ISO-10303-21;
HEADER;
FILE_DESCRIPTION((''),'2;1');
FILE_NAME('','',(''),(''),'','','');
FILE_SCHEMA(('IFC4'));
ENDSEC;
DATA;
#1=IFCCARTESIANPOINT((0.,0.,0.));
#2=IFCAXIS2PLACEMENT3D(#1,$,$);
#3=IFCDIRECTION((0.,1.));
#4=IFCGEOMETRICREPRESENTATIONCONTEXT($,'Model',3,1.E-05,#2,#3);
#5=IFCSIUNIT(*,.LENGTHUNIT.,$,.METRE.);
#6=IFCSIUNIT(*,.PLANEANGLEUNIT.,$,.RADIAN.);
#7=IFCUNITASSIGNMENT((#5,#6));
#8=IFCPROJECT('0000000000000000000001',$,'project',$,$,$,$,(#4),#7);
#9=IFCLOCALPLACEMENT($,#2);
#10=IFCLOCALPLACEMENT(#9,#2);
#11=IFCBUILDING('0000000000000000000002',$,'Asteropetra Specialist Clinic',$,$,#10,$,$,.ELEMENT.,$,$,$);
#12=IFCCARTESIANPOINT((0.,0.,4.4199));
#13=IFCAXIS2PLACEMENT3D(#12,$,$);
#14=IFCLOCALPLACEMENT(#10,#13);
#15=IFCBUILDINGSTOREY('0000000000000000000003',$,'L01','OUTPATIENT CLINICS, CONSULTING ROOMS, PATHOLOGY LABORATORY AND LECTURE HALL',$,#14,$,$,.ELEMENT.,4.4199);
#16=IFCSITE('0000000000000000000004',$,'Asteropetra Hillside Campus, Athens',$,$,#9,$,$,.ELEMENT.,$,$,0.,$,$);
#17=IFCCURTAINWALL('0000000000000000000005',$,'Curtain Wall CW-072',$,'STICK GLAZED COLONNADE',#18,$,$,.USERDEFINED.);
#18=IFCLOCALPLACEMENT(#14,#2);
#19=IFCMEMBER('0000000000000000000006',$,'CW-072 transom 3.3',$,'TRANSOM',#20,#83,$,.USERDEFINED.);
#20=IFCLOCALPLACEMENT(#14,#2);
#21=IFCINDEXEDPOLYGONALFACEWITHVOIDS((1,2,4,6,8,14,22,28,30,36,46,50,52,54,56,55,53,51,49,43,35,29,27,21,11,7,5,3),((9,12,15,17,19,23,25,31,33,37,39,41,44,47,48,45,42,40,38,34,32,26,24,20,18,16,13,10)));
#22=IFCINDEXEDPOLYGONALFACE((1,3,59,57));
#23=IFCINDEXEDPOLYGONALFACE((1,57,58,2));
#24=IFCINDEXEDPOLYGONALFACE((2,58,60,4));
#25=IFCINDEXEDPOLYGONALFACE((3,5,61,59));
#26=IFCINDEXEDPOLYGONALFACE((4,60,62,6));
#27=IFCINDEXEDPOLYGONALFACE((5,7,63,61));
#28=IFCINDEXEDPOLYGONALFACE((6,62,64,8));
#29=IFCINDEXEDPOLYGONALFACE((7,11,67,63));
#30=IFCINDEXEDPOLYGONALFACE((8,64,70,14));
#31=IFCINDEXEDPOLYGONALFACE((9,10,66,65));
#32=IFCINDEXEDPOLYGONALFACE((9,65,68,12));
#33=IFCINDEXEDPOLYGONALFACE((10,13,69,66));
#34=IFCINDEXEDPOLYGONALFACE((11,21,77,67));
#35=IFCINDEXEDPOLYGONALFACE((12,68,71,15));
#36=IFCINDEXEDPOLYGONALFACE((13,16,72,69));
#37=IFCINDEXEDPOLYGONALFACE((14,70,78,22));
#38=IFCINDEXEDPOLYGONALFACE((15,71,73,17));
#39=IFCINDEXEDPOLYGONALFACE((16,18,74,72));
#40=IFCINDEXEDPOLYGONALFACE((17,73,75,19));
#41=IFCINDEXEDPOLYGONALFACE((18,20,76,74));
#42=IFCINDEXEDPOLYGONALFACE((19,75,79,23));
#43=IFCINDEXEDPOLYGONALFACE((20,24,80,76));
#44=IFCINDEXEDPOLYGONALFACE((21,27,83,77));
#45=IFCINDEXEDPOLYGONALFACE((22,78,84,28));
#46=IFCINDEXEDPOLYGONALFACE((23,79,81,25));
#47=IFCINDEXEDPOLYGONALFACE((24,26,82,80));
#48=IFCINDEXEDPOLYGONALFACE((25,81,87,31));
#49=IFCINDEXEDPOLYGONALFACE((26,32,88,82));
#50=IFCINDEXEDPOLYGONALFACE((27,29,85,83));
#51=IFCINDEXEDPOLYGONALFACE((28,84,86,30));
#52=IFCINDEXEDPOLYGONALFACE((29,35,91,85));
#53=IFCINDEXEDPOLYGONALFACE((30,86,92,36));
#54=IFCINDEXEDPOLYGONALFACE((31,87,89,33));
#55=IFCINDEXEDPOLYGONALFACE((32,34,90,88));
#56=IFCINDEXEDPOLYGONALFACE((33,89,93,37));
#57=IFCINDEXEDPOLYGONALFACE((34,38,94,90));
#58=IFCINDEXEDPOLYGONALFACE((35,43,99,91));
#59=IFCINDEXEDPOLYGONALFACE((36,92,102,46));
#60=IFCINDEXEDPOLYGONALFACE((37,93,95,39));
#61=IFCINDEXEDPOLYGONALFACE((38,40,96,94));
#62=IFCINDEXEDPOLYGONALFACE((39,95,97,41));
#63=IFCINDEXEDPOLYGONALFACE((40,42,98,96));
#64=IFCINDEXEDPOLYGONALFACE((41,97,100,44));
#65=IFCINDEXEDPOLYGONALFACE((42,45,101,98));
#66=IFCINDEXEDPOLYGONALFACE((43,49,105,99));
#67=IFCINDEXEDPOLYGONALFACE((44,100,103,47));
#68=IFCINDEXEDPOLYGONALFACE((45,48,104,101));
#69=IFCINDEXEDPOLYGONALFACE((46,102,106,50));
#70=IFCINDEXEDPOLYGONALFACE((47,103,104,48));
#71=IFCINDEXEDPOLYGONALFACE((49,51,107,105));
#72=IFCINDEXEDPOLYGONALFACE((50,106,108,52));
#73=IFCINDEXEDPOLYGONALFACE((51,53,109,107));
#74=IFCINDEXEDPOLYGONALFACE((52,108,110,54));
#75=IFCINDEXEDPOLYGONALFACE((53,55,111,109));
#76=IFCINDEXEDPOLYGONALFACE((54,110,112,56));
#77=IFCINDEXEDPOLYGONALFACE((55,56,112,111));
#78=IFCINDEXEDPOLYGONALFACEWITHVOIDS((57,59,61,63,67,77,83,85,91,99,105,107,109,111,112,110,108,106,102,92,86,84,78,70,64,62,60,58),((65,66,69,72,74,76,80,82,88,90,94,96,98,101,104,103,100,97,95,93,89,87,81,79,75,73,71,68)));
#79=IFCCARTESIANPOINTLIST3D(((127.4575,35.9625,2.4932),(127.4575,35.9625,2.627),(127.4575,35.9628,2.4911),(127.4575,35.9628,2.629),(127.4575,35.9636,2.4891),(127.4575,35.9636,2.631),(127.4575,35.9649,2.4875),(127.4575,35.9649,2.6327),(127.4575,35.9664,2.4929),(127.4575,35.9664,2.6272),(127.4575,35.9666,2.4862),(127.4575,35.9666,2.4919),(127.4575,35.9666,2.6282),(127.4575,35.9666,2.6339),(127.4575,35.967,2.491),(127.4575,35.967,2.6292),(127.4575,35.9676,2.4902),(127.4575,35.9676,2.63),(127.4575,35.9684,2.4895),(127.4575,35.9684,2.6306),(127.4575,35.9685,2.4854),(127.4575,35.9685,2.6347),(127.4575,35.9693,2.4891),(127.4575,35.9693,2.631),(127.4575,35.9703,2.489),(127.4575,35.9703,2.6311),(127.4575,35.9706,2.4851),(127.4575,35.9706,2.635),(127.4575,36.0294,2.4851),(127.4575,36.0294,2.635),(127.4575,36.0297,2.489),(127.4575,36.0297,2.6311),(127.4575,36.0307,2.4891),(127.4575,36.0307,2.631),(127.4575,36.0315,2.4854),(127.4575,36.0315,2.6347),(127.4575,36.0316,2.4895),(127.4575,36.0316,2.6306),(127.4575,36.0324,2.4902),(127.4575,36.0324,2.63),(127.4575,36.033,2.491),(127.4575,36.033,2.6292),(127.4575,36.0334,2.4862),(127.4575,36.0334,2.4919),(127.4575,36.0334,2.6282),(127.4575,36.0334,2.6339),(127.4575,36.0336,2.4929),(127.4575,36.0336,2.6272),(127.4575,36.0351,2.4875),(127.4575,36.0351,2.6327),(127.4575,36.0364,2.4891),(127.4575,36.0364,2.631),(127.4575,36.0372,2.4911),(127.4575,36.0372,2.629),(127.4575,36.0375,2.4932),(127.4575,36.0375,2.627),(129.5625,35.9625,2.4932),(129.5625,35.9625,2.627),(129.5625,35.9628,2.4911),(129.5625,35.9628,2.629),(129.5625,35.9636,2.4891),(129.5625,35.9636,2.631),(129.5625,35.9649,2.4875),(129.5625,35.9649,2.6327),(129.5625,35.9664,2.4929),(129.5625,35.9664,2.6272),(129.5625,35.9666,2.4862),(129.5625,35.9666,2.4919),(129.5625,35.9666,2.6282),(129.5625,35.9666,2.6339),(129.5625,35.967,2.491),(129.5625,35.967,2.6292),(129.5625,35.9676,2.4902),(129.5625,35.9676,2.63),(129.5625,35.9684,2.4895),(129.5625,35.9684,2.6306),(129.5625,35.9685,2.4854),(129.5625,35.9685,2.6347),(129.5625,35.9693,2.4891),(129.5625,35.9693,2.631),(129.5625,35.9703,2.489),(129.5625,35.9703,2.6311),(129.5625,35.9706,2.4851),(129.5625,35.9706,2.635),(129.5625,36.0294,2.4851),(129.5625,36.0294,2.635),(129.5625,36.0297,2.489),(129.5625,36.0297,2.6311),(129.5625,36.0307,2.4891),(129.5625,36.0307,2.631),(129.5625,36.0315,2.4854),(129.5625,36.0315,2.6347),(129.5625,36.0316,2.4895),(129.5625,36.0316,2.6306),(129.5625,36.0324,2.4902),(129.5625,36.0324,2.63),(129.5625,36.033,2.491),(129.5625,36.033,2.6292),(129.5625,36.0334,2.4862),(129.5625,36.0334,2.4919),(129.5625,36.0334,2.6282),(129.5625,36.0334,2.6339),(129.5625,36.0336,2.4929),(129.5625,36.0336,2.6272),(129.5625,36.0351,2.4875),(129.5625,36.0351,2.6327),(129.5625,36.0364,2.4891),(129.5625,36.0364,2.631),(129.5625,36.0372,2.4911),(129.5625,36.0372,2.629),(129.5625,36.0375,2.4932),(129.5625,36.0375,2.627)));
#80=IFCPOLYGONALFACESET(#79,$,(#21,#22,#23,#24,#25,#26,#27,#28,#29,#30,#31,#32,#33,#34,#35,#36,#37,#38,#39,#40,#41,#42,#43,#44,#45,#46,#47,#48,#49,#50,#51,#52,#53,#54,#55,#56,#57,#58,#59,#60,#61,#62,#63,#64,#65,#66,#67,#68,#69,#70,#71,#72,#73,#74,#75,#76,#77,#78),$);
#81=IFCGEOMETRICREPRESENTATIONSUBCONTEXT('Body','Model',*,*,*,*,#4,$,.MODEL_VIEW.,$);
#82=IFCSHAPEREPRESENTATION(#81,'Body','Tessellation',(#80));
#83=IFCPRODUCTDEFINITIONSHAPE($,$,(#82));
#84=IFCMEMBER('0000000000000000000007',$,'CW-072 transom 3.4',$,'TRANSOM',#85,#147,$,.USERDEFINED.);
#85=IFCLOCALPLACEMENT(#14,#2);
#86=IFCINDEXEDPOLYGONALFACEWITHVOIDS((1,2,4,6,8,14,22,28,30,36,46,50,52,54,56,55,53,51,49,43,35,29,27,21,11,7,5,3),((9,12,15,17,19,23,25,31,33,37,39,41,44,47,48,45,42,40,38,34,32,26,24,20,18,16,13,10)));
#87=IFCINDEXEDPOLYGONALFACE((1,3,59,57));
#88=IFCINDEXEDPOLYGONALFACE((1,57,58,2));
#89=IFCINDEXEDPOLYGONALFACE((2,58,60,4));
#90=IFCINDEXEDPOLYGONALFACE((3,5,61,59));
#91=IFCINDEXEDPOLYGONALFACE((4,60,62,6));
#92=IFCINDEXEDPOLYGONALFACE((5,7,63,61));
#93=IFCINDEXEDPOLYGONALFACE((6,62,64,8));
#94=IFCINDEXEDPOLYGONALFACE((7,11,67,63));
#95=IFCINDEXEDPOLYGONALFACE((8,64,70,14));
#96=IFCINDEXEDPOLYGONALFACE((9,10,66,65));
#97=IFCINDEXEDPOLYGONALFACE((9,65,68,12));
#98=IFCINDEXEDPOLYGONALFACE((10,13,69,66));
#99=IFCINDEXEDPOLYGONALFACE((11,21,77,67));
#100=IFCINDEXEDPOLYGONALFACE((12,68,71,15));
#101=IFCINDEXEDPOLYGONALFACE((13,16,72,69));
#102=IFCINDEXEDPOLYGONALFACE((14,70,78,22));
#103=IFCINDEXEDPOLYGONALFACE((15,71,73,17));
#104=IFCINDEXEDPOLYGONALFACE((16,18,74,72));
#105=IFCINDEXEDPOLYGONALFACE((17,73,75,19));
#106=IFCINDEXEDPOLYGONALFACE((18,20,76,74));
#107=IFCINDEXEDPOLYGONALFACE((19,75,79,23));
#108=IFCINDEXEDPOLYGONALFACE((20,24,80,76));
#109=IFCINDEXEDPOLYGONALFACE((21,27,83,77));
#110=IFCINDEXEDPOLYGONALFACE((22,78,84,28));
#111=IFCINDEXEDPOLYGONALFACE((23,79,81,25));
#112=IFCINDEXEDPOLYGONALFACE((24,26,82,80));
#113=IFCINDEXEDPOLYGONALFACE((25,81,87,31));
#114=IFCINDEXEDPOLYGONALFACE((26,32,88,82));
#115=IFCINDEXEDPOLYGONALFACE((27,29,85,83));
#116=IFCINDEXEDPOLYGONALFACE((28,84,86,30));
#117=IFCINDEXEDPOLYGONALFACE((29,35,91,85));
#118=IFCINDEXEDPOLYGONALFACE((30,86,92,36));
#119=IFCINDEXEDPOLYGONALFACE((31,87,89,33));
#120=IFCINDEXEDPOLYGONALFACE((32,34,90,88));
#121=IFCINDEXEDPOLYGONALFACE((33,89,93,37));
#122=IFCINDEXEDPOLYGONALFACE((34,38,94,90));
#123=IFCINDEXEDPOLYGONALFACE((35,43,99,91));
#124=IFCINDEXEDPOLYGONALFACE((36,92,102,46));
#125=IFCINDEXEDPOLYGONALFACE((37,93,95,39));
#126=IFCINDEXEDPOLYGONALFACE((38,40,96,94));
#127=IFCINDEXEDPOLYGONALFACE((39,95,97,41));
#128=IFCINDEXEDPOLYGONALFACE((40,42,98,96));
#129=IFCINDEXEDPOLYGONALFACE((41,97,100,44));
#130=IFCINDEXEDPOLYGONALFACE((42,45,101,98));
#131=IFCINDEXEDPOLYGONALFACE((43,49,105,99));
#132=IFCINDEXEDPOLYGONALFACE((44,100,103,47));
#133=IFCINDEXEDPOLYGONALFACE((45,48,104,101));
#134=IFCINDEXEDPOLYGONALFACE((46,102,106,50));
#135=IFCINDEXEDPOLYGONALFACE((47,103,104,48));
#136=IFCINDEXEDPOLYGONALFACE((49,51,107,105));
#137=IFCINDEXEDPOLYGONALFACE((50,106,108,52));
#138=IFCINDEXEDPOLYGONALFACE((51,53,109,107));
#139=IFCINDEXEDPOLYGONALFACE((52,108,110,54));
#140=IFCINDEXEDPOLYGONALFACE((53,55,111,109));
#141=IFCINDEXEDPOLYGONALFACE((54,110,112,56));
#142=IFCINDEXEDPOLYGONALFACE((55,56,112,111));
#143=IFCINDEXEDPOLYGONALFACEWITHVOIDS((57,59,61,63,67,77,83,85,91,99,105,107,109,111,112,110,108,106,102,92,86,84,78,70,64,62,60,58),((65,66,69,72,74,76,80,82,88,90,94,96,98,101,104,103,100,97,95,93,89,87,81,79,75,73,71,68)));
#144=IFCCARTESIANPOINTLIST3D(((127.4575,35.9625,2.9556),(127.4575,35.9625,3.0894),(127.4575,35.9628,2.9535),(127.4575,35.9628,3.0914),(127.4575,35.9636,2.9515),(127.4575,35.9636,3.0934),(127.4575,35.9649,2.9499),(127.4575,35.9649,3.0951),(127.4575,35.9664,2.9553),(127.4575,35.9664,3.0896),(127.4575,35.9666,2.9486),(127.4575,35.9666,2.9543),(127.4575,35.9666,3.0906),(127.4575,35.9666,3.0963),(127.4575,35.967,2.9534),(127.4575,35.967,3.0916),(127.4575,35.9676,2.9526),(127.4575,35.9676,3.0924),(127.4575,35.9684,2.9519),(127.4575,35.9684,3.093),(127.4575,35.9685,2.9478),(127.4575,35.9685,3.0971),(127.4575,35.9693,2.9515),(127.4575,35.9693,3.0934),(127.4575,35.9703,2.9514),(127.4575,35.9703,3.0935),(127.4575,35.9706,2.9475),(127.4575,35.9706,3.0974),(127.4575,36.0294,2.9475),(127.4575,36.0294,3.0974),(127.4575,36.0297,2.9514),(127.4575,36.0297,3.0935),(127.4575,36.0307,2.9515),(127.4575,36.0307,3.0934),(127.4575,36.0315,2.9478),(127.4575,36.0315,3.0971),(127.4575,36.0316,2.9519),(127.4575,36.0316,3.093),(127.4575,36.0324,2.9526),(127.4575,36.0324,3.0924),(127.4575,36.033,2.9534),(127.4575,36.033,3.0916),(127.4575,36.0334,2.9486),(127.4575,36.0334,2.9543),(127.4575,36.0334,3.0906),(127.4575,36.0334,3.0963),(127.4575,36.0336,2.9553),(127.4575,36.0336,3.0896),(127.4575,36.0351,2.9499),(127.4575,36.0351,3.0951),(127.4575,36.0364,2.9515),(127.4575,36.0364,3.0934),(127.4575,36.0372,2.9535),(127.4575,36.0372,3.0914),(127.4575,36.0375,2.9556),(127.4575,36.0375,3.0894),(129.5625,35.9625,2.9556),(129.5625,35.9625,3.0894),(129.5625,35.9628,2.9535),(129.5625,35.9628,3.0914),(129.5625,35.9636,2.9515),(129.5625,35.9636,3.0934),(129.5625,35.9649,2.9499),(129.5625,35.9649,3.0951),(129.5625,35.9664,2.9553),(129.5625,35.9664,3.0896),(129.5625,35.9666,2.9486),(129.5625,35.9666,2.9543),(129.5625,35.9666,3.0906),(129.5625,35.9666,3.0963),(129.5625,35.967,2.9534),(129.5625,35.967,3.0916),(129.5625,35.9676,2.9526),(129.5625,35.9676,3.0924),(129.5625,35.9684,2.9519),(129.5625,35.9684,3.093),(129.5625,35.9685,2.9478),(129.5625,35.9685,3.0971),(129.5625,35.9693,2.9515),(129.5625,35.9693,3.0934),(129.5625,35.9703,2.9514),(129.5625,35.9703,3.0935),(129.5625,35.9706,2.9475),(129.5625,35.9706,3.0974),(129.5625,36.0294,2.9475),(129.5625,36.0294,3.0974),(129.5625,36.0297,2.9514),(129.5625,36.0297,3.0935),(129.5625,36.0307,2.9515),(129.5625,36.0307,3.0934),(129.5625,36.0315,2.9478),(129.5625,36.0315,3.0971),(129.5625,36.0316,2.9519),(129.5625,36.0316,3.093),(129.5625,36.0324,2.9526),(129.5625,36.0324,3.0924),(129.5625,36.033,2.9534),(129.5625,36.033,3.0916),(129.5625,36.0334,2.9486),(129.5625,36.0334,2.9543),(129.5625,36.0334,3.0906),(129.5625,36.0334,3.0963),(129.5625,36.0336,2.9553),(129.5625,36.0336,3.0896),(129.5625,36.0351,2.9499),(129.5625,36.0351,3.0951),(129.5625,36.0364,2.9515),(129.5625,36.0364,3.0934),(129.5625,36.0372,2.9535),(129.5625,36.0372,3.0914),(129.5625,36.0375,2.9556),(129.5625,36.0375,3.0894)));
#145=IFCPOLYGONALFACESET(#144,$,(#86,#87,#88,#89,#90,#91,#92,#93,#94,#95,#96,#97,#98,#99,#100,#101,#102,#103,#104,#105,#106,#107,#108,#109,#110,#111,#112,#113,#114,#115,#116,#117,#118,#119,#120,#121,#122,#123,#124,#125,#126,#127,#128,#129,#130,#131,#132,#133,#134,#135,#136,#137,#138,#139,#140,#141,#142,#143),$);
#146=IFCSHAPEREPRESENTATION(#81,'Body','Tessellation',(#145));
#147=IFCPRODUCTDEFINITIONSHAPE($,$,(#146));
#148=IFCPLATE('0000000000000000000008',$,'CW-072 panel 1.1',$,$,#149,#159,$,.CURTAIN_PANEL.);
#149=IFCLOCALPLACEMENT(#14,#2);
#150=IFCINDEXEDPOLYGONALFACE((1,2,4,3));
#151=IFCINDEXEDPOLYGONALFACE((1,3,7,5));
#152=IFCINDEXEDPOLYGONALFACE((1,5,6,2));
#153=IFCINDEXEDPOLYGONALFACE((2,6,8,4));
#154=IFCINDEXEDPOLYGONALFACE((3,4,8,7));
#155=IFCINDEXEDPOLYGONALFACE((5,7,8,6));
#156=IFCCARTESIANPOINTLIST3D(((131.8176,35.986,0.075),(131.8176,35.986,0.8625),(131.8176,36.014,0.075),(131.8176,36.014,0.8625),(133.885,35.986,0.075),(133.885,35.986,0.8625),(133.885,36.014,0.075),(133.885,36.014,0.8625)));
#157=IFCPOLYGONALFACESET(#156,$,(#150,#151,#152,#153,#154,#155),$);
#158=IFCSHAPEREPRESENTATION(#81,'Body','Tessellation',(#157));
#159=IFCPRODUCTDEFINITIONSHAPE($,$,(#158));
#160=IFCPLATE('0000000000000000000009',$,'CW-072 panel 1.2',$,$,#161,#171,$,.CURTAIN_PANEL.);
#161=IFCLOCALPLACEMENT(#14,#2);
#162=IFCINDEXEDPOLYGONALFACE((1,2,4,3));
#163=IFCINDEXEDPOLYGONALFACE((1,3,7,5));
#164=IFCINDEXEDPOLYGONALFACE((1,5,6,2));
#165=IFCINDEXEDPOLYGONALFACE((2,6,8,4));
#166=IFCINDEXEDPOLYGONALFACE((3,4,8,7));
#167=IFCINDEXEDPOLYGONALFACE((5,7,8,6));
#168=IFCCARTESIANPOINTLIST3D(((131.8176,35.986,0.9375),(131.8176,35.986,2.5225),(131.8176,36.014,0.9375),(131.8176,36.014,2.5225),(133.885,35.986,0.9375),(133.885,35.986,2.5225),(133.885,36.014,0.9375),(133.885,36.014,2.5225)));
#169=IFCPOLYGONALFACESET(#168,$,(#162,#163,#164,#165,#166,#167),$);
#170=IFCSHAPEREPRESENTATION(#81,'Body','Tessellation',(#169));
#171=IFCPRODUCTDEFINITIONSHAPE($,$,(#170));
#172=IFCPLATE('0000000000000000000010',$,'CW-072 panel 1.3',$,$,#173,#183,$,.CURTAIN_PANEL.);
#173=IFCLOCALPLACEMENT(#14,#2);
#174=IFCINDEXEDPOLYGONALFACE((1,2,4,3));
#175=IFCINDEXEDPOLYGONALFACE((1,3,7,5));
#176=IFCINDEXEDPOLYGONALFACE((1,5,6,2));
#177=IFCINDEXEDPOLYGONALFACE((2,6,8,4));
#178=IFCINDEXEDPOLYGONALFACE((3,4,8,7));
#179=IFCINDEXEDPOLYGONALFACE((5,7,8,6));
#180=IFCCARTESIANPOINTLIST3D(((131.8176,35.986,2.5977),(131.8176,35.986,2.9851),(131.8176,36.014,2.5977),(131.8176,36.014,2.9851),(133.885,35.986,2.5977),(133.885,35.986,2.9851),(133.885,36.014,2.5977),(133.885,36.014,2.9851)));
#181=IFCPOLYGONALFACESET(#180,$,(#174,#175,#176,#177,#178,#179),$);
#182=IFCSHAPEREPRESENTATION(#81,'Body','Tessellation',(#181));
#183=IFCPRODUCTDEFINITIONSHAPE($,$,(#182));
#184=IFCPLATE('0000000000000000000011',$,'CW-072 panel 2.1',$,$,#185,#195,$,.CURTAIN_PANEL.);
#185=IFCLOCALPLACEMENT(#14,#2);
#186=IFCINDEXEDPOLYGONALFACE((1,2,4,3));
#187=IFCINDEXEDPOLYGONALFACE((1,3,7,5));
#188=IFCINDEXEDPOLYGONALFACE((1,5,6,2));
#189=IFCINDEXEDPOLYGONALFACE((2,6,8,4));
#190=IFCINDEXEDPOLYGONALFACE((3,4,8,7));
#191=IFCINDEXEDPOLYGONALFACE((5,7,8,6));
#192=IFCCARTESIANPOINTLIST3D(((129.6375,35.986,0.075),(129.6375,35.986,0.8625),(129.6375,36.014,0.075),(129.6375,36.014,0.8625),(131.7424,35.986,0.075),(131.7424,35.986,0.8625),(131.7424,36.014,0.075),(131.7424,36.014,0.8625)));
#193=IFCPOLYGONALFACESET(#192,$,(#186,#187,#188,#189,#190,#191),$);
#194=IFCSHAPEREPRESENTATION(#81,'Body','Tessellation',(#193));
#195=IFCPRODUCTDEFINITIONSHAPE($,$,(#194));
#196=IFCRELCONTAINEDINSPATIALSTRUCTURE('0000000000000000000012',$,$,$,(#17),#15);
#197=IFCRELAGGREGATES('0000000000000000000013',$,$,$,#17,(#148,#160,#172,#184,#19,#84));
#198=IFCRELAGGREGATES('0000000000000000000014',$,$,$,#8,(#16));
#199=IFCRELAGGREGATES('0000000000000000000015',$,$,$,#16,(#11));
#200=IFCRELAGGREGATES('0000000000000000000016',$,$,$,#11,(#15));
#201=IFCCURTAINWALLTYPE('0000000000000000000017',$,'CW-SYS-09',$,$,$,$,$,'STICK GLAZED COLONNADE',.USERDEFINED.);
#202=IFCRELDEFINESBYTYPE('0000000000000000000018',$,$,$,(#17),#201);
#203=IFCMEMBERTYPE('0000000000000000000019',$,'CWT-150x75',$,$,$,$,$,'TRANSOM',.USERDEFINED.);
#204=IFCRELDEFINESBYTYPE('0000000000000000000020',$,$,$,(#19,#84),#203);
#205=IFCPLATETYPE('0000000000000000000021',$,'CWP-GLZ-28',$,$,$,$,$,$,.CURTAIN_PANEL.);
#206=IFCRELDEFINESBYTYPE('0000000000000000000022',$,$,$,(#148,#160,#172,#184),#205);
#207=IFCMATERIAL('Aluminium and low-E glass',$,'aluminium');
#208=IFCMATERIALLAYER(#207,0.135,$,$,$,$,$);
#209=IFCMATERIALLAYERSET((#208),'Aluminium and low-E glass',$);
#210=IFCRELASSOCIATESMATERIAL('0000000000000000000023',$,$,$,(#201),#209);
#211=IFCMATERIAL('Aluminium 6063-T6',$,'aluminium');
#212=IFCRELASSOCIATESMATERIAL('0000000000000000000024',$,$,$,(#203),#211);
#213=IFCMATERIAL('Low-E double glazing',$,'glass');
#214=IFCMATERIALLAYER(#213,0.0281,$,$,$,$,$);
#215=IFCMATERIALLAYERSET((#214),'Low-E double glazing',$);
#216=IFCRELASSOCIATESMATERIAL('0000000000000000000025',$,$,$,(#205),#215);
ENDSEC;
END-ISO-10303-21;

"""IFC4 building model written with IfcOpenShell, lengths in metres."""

from ifc_helpers import new_model, si_unit, direction, frame, origin, origin_2d, place, context, subcontext, project, spatial, rectangle, hollow_rectangle, extrude, material, layer, layer_set, material_profile, profile_set, type_object, element, aggregate, save


model = new_model("IFC4")

# Units and contexts
model_context = context("Model", 3, precision=1e-05, world=origin(), true_north=direction((0.0, 1.0)))
body_context = subcontext(model_context, "Body", "Model", "MODEL_VIEW")
ifc_project = project(units=[si_unit("LENGTHUNIT", "METRE"), si_unit("PLANEANGLEUNIT", "RADIAN")], contexts=[model_context])

# Site, building, storey
site_placement = place(None, origin())
site = spatial("IfcSite", under=ifc_project, at=site_placement, Name="Asteropetra Hillside Campus, Athens", CompositionType="ELEMENT", RefElevation=0.0)
building_placement = place(site_placement, origin())
building = spatial("IfcBuilding", under=site, at=building_placement, Name="Asteropetra Specialist Clinic", CompositionType="ELEMENT")
storey_placement = place(building_placement, frame((0.0, 0.0, 4.4199)))
storey = spatial("IfcBuildingStorey", under=building, at=storey_placement, Name="L01", Description="OUTPATIENT CLINICS, CONSULTING ROOMS, PATHOLOGY LABORATORY AND LECTURE HALL", CompositionType="ELEMENT", Elevation=4.4199)

# Curtain wall, members, plates
ifc_material_1 = material(Name="Aluminium and low-E glass", Category="aluminium")
ifc_layer_1 = layer(ifc_material_1, 0.135)
ifc_layer_set_1 = layer_set([ifc_layer_1], Name="Aluminium and low-E glass")
curtain_wall_type = type_object("IfcCurtainWallType", Name="CW-SYS-09", ElementType="STICK GLAZED COLONNADE", PredefinedType="USERDEFINED", material=ifc_layer_set_1)
curtain_wall_placement = place(storey_placement, origin())
curtain_wall = element("IfcCurtainWall", 1, at=curtain_wall_placement, inside=storey, type_object=curtain_wall_type, Name="Curtain Wall CW-072", ObjectType="STICK GLAZED COLONNADE", PredefinedType="USERDEFINED")
ifc_material_2 = material(Name="Aluminium 6063-T6", Category="aluminium")
ifc_material_profile_1 = material_profile(ifc_material_2, hollow_rectangle(XDim=0.075, YDim=0.1499, WallThickness=0.0039, InnerFilletRadius=0.0039, OuterFilletRadius=0.0081, at=origin_2d()), Name="TRN 150x75x4.0")
ifc_profile_set_1 = profile_set([ifc_material_profile_1], Name="Aluminium 6063-T6")
member_type_1 = type_object("IfcMemberType", Name="CWT-150x75", ElementType="TRANSOM", PredefinedType="USERDEFINED", material=ifc_profile_set_1)
member_1_placement = place(storey_placement, frame((129.5625, 36.0, 2.5601), z_axis=(-1.0, 0.0, 0.0), x_axis=(0.0, -1.0, 0.0)))
member_1 = element("IfcMember", 2, at=member_1_placement, type_object=member_type_1, Name="CW-072 transom 3.3", ObjectType="TRANSOM", PredefinedType="USERDEFINED", context=body_context, shape_type="SweptSolid", body=[
    extrude(hollow_rectangle(XDim=0.075, YDim=0.1499, WallThickness=0.0039, InnerFilletRadius=0.0039, OuterFilletRadius=0.0081, at=origin_2d()), origin(), (0.0, 0.0, 1.0), 2.105),
])
member_2_placement = place(storey_placement, frame((129.5625, 36.0, 3.0225), z_axis=(-1.0, 0.0, 0.0), x_axis=(0.0, -1.0, 0.0)))
member_2 = element("IfcMember", 3, at=member_2_placement, type_object=member_type_1, Name="CW-072 transom 3.4", ObjectType="TRANSOM", PredefinedType="USERDEFINED", context=body_context, shape_type="SweptSolid", body=[
    extrude(hollow_rectangle(XDim=0.075, YDim=0.1499, WallThickness=0.0039, InnerFilletRadius=0.0039, OuterFilletRadius=0.0081, at=origin_2d()), origin(), (0.0, 0.0, 1.0), 2.105),
])
ifc_material_3 = material(Name="Low-E double glazing", Category="glass")
ifc_layer_2 = layer(ifc_material_3, 0.0281)
ifc_layer_set_2 = layer_set([ifc_layer_2], Name="Low-E double glazing")
plate_type = type_object("IfcPlateType", Name="CWP-GLZ-28", PredefinedType="CURTAIN_PANEL", material=ifc_layer_set_2)
plate_1_placement = place(storey_placement, frame((132.8513, 36.0, 0.075), z_axis=(0.0, 0.0, 1.0), x_axis=(-1.0, 0.0, 0.0)))
plate_1 = element("IfcPlate", 4, at=plate_1_placement, type_object=plate_type, Name="CW-072 panel 1.1", PredefinedType="CURTAIN_PANEL", context=body_context, shape_type="SweptSolid", body=[
    extrude(rectangle(XDim=2.0674, YDim=0.0281, at=origin_2d()), origin(), (0.0, 0.0, 1.0), 0.7876),
])
plate_2_placement = place(storey_placement, frame((132.8513, 36.0, 0.9375), z_axis=(0.0, 0.0, 1.0), x_axis=(-1.0, 0.0, 0.0)))
plate_2 = element("IfcPlate", 5, at=plate_2_placement, type_object=plate_type, Name="CW-072 panel 1.2", PredefinedType="CURTAIN_PANEL", context=body_context, shape_type="SweptSolid", body=[
    extrude(rectangle(XDim=2.0674, YDim=0.0281, at=origin_2d()), origin(), (0.0, 0.0, 1.0), 1.585),
])
plate_3_placement = place(storey_placement, frame((132.8513, 36.0, 2.5977), z_axis=(0.0, 0.0, 1.0), x_axis=(-1.0, 0.0, 0.0)))
plate_3 = element("IfcPlate", 6, at=plate_3_placement, type_object=plate_type, Name="CW-072 panel 1.3", PredefinedType="CURTAIN_PANEL", context=body_context, shape_type="SweptSolid", body=[
    extrude(rectangle(XDim=2.0674, YDim=0.0281, at=origin_2d()), origin(), (0.0, 0.0, 1.0), 0.3875),
])
plate_4_placement = place(storey_placement, frame((130.6899, 36.0, 0.075), z_axis=(0.0, 0.0, 1.0), x_axis=(-1.0, 0.0, 0.0)))
plate_4 = element("IfcPlate", 7, at=plate_4_placement, type_object=plate_type, Name="CW-072 panel 2.1", PredefinedType="CURTAIN_PANEL", context=body_context, shape_type="SweptSolid", body=[
    extrude(rectangle(XDim=2.105, YDim=0.0281, at=origin_2d()), origin(), (0.0, 0.0, 1.0), 0.7876),
])
aggregate(curtain_wall, [plate_1, plate_2, plate_3, plate_4, member_1, member_2])

save(model, "model.ifc")
